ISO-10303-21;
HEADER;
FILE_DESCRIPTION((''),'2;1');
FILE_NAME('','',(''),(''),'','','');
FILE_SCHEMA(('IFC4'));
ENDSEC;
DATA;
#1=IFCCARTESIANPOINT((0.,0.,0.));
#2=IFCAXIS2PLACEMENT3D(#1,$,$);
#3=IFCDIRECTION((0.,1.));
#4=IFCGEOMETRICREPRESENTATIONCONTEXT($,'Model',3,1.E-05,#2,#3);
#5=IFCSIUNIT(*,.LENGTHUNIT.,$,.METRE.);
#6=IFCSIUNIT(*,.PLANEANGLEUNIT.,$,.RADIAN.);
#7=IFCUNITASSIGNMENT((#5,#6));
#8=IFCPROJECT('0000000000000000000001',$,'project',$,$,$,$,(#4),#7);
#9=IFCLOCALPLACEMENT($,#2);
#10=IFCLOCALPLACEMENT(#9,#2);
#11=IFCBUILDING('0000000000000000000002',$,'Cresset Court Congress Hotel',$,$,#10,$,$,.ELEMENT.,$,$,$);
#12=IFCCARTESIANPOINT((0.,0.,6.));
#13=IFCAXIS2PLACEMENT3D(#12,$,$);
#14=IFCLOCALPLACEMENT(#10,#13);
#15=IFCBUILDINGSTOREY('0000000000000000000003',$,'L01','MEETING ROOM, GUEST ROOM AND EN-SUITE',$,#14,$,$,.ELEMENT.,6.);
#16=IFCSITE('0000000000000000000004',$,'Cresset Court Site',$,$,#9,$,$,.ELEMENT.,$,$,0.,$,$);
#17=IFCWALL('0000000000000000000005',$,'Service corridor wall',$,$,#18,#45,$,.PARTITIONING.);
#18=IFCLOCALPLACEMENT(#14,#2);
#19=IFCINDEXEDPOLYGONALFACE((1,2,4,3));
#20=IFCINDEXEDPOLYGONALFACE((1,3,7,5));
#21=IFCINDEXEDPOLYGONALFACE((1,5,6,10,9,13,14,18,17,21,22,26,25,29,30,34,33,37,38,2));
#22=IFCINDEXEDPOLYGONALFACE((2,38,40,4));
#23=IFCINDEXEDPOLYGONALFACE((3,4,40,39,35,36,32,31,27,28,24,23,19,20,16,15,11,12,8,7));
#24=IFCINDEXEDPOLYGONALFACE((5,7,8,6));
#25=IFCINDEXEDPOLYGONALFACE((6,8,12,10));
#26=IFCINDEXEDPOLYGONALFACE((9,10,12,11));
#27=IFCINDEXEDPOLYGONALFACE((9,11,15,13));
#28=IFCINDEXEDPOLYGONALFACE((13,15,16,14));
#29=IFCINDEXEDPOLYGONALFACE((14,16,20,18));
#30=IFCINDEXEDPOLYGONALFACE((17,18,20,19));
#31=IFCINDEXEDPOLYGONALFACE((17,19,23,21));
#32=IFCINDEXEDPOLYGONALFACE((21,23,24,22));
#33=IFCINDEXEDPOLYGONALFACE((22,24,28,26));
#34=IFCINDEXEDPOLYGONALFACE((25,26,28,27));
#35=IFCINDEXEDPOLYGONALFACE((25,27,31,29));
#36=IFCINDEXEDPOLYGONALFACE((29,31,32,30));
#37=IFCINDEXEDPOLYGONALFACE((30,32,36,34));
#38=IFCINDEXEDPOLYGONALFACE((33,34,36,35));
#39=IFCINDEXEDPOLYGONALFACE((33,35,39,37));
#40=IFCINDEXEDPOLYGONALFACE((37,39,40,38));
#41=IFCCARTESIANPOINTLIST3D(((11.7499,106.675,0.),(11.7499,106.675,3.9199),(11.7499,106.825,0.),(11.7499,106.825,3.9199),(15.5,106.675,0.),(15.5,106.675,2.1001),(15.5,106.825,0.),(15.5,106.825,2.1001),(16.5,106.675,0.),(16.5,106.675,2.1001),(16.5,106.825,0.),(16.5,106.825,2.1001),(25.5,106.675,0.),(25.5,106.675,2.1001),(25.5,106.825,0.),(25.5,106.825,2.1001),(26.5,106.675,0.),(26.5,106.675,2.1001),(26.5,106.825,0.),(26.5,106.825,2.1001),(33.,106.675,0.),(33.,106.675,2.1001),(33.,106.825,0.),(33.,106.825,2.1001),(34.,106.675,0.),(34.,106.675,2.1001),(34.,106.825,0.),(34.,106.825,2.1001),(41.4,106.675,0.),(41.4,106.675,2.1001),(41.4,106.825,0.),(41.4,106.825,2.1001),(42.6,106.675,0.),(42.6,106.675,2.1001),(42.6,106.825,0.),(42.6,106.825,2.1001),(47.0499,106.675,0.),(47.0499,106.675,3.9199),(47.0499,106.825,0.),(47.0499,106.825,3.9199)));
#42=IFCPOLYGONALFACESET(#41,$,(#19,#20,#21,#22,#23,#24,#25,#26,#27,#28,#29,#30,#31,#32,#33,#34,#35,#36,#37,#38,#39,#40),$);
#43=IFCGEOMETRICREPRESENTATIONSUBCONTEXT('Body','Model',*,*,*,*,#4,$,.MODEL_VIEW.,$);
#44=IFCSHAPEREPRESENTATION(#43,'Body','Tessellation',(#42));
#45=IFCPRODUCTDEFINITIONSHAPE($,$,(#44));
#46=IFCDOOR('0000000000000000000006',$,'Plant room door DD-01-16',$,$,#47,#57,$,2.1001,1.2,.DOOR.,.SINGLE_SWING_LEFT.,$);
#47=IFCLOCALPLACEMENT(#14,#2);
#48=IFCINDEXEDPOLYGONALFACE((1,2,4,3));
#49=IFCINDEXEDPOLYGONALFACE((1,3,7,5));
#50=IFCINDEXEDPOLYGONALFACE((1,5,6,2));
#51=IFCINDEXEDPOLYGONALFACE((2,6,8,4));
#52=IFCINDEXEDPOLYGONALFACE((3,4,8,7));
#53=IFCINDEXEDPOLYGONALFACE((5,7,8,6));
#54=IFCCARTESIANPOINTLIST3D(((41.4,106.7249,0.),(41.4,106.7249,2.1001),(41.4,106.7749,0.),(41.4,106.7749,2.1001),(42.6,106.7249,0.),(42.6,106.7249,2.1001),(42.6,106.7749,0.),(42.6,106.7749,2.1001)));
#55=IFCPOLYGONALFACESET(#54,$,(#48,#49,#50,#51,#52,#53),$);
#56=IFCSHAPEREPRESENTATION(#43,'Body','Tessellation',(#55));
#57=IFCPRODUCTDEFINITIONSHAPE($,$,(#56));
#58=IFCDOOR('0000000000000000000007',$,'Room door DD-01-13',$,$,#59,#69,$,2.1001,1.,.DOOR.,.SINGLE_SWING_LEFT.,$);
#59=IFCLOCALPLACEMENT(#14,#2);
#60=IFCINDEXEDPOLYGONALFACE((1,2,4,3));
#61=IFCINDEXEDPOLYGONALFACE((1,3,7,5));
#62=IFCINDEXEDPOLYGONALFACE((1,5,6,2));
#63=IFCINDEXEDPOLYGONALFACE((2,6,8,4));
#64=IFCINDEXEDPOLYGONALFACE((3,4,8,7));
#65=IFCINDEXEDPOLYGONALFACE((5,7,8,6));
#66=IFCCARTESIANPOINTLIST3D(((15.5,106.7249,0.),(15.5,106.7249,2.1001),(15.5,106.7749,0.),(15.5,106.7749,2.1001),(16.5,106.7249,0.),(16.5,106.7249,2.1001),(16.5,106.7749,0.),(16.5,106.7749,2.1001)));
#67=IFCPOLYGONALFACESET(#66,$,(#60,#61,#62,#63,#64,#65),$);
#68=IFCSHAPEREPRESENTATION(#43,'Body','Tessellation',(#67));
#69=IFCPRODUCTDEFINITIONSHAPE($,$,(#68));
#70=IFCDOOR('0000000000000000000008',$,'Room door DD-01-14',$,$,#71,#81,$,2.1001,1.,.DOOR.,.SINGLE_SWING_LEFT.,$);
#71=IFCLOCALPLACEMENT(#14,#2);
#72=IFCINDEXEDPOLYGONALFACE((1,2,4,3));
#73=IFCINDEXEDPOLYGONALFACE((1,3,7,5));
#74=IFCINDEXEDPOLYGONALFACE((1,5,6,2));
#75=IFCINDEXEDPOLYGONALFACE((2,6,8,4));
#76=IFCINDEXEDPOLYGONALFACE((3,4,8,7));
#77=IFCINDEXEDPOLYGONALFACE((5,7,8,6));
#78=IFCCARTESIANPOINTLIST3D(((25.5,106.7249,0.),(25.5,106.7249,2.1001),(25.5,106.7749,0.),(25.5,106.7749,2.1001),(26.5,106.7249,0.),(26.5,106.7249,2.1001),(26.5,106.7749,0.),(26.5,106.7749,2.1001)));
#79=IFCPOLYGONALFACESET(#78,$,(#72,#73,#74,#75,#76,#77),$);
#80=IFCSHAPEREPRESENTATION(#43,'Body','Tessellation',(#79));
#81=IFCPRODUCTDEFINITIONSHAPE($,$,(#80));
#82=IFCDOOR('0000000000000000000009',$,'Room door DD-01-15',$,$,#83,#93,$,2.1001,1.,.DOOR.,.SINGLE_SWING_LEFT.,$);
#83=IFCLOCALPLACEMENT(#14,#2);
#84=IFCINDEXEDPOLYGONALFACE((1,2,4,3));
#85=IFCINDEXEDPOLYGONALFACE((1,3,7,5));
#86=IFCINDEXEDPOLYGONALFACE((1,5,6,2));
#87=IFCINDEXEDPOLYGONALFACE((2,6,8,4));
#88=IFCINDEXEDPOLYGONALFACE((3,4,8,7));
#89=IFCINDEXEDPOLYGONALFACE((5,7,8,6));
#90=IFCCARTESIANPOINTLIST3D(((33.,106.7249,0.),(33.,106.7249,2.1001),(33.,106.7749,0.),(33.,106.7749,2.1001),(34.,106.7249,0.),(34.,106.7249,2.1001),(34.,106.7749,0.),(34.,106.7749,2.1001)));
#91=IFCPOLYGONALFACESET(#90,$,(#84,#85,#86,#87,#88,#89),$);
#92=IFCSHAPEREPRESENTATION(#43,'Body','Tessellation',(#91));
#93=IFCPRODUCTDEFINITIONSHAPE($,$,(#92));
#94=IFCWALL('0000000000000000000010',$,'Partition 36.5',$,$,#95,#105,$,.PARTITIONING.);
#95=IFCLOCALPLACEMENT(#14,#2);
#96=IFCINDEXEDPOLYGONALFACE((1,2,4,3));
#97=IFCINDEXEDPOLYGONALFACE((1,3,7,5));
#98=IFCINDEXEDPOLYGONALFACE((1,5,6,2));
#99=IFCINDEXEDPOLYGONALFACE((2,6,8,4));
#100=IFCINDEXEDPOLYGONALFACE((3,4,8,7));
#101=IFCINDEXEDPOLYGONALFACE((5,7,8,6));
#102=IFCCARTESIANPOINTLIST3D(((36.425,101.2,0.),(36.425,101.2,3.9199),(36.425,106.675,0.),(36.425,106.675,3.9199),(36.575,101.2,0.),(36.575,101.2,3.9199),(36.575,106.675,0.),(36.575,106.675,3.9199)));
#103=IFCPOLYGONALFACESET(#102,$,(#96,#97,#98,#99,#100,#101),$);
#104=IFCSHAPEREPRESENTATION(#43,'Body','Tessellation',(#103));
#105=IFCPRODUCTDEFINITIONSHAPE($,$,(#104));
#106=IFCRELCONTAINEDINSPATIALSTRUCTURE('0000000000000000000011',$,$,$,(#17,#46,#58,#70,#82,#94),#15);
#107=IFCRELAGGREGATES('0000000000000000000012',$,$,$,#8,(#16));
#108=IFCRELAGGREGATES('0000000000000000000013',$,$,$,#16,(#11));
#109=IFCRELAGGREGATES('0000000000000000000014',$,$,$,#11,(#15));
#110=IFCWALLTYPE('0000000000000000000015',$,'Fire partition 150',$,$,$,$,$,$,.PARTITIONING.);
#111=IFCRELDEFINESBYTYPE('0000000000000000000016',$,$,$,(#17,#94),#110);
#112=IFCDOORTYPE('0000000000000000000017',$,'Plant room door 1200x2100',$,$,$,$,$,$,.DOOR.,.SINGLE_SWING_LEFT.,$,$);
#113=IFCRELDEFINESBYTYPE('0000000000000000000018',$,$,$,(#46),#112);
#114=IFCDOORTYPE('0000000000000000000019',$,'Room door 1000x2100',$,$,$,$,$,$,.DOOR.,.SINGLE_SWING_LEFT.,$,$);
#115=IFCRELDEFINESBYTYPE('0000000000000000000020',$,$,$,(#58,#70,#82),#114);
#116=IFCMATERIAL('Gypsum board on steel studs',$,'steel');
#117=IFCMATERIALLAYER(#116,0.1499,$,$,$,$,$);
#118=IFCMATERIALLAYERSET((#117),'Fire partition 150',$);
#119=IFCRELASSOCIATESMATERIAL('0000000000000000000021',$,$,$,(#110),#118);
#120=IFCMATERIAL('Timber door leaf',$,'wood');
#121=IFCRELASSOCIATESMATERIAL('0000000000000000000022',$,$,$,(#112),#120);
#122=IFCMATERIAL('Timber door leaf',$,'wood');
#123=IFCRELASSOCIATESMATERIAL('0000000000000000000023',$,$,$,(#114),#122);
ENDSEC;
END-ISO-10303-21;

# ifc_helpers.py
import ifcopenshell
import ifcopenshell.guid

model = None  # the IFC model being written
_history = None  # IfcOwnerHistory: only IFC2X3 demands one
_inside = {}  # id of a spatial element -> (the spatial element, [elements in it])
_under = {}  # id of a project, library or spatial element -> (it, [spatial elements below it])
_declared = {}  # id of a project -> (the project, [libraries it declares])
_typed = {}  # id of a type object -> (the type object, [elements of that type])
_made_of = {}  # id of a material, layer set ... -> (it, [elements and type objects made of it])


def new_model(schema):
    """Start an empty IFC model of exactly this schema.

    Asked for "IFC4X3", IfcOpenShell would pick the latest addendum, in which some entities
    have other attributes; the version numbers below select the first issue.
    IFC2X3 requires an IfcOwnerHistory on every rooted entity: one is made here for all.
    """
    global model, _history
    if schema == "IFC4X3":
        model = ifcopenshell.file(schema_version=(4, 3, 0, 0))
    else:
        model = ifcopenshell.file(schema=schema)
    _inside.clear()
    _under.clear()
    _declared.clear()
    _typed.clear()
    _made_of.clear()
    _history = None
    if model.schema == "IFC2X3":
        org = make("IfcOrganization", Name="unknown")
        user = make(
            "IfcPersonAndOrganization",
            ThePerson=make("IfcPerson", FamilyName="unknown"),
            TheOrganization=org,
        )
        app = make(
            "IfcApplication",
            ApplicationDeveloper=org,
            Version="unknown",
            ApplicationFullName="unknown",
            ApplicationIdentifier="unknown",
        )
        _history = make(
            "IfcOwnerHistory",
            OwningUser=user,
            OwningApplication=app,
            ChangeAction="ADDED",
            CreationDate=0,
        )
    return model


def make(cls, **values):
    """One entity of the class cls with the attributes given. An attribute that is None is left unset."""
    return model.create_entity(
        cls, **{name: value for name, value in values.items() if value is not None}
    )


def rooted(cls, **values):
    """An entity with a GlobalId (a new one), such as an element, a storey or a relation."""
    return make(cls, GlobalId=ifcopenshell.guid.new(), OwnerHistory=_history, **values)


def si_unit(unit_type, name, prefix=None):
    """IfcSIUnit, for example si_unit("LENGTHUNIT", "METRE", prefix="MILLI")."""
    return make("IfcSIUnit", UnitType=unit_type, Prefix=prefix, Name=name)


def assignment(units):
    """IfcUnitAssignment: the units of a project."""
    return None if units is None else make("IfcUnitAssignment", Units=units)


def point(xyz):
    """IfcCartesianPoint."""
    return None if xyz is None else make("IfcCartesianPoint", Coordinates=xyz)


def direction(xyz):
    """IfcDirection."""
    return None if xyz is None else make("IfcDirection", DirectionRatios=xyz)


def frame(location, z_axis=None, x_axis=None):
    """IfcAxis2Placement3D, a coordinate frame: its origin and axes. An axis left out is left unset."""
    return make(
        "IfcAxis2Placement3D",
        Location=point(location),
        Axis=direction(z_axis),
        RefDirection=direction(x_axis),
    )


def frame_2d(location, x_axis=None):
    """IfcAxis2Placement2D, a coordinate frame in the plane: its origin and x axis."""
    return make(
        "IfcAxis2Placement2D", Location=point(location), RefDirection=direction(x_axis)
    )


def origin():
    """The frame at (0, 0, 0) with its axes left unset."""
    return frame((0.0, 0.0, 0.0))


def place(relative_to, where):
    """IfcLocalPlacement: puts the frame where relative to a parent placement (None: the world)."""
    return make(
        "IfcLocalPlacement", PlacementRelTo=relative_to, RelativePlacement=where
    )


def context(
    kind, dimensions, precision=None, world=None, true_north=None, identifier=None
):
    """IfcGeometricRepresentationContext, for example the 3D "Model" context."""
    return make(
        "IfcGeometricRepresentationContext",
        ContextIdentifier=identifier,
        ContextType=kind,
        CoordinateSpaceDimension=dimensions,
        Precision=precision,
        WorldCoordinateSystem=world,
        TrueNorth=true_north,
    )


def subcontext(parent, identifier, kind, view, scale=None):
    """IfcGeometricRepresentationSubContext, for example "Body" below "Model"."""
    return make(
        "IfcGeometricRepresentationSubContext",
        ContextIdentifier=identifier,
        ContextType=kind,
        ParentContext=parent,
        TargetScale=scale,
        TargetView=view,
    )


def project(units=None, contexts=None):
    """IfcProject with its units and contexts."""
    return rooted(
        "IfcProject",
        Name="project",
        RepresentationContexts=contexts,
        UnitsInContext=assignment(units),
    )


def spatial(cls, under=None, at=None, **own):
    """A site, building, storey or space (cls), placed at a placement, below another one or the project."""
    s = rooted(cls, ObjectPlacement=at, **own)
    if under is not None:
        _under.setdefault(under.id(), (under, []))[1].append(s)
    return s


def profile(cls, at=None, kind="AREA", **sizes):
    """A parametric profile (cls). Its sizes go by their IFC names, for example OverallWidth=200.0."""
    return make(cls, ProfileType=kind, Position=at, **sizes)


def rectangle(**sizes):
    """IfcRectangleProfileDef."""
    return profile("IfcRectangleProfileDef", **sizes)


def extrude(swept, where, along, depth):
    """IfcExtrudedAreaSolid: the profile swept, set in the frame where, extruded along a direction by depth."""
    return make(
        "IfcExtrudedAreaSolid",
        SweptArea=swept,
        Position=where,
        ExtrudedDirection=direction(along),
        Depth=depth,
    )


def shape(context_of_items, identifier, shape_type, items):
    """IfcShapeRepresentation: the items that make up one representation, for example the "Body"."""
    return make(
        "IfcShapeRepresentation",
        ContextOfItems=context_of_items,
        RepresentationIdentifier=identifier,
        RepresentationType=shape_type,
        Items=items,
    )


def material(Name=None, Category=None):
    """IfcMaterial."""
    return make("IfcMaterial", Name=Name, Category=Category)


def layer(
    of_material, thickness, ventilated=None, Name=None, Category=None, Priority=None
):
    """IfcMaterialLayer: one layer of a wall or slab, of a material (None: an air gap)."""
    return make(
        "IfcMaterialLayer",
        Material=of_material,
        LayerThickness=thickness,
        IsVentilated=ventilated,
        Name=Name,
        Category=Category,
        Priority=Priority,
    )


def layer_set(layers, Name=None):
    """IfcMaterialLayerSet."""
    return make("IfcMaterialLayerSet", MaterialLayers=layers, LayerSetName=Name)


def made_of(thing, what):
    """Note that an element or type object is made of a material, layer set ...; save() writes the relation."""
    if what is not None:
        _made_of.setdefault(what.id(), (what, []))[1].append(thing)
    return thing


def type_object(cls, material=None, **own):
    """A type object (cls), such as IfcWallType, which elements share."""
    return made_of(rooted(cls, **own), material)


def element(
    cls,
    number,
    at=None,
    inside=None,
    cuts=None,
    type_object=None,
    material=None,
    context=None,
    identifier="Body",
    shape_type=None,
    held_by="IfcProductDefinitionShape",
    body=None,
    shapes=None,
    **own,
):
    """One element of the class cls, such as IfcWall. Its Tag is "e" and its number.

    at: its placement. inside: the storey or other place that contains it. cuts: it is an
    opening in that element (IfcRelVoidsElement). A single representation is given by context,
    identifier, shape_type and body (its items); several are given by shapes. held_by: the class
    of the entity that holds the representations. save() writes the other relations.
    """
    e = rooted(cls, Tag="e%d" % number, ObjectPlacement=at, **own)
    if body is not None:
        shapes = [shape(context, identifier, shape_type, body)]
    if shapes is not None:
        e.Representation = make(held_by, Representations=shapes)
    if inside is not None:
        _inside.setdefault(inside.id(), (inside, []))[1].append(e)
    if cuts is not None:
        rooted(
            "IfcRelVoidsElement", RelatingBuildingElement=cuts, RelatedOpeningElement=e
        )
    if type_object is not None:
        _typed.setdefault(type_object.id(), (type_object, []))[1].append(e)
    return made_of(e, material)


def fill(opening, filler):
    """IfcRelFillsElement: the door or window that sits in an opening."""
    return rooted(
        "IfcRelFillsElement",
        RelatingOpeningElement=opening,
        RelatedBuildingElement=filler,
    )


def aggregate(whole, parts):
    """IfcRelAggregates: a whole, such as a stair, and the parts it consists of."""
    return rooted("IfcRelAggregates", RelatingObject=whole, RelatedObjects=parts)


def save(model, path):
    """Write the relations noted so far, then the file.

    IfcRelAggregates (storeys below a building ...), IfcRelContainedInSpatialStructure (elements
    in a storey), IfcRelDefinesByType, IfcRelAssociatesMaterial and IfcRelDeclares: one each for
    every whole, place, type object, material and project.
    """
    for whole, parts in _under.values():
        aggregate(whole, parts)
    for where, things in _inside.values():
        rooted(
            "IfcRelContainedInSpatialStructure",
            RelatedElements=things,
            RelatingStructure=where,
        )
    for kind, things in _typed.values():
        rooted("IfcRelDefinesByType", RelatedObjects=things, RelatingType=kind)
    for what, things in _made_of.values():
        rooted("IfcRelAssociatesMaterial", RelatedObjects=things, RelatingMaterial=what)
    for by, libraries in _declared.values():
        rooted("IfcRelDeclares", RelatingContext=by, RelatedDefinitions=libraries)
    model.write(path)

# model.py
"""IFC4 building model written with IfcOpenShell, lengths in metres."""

from ifc_helpers import new_model, si_unit, direction, frame, frame_2d, origin, place, context, subcontext, project, spatial, rectangle, extrude, material, layer, layer_set, type_object, element, fill, save


model = new_model("IFC4")

# Units and contexts
model_context = context("Model", 3, precision=1e-05, world=origin(), true_north=direction((0.0, 1.0)))
body_context = subcontext(model_context, "Body", "Model", "MODEL_VIEW")
ifc_project = project(units=[si_unit("LENGTHUNIT", "METRE"), si_unit("PLANEANGLEUNIT", "RADIAN")], contexts=[model_context])

# Site, building, storey
site_placement = place(None, origin())
site = spatial("IfcSite", under=ifc_project, at=site_placement, Name="Cresset Court Site", CompositionType="ELEMENT", RefElevation=0.0)
building_placement = place(site_placement, origin())
building = spatial("IfcBuilding", under=site, at=building_placement, Name="Cresset Court Congress Hotel", CompositionType="ELEMENT")
storey_placement = place(building_placement, frame((0.0, 0.0, 6.0)))
storey = spatial("IfcBuildingStorey", under=building, at=storey_placement, Name="L01", Description="MEETING ROOM, GUEST ROOM AND EN-SUITE", CompositionType="ELEMENT", Elevation=6.0)

# Wall, openings, doors
ifc_material_1 = material(Name="Gypsum board on steel studs", Category="steel")
ifc_layer_1 = layer(ifc_material_1, 0.1499)
ifc_layer_set_1 = layer_set([ifc_layer_1], Name="Fire partition 150")
wall_type_1 = type_object("IfcWallType", Name="Fire partition 150", PredefinedType="PARTITIONING", material=ifc_layer_set_1)
wall_1_placement = place(storey_placement, frame((11.75, 106.75, 0.0), z_axis=(0.0, 0.0, 1.0), x_axis=(1.0, 0.0, 0.0)))
wall_1 = element("IfcWall", 1, at=wall_1_placement, inside=storey, type_object=wall_type_1, Name="Service corridor wall", PredefinedType="PARTITIONING", context=body_context, shape_type="SweptSolid", body=[
    extrude(rectangle(XDim=35.3, YDim=0.1499, at=frame_2d((17.6499, 0.0))), origin(), (0.0, 0.0, 1.0), 3.9199),
])
opening_1_placement = place(wall_1_placement, frame((3.75, 0.0, 0.0)))
opening_1 = element("IfcOpeningElement", 2, at=opening_1_placement, cuts=wall_1, PredefinedType="OPENING", context=body_context, shape_type="SweptSolid", body=[
    extrude(rectangle(XDim=1.0, YDim=2.1001, at=frame_2d((0.5, 1.05))), frame((0.0, 0.085, 0.0), z_axis=(0.0, -1.0, 0.0), x_axis=(1.0, 0.0, 0.0)), (0.0, 0.0, 1.0), 0.1699),
])
opening_2_placement = place(wall_1_placement, frame((13.75, 0.0, 0.0)))
opening_2 = element("IfcOpeningElement", 3, at=opening_2_placement, cuts=wall_1, PredefinedType="OPENING", context=body_context, shape_type="SweptSolid", body=[
    extrude(rectangle(XDim=1.0, YDim=2.1001, at=frame_2d((0.5, 1.05))), frame((0.0, 0.085, 0.0), z_axis=(0.0, -1.0, 0.0), x_axis=(1.0, 0.0, 0.0)), (0.0, 0.0, 1.0), 0.1699),
])
opening_3_placement = place(wall_1_placement, frame((21.25, 0.0, 0.0)))
opening_3 = element("IfcOpeningElement", 4, at=opening_3_placement, cuts=wall_1, PredefinedType="OPENING", context=body_context, shape_type="SweptSolid", body=[
    extrude(rectangle(XDim=1.0, YDim=2.1001, at=frame_2d((0.5, 1.05))), frame((0.0, 0.085, 0.0), z_axis=(0.0, -1.0, 0.0), x_axis=(1.0, 0.0, 0.0)), (0.0, 0.0, 1.0), 0.1699),
])
opening_4_placement = place(wall_1_placement, frame((29.6499, 0.0, 0.0)))
opening_4 = element("IfcOpeningElement", 5, at=opening_4_placement, cuts=wall_1, PredefinedType="OPENING", context=body_context, shape_type="SweptSolid", body=[
    extrude(rectangle(XDim=1.2, YDim=2.1001, at=frame_2d((0.6001, 1.05))), frame((0.0, 0.085, 0.0), z_axis=(0.0, -1.0, 0.0), x_axis=(1.0, 0.0, 0.0)), (0.0, 0.0, 1.0), 0.1699),
])
ifc_material_2 = material(Name="Timber door leaf", Category="wood")
door_type_1 = type_object("IfcDoorType", Name="Plant room door 1200x2100", OperationType="SINGLE_SWING_LEFT", PredefinedType="DOOR", material=ifc_material_2)
door_1_placement = place(opening_4_placement, origin())
door_1 = element("IfcDoor", 6, at=door_1_placement, inside=storey, type_object=door_type_1, Name="Plant room door DD-01-16", OperationType="SINGLE_SWING_LEFT", OverallHeight=2.1001, OverallWidth=1.2, PredefinedType="DOOR", context=body_context, shape_type="SweptSolid", body=[
    extrude(rectangle(XDim=1.2, YDim=2.1001, at=frame_2d((0.6001, 1.05))), frame((0.0, 0.0249, 0.0), z_axis=(0.0, -1.0, 0.0), x_axis=(1.0, 0.0, 0.0)), (0.0, 0.0, 1.0), 0.05),
])
fill(opening_4, door_1)
ifc_material_3 = material(Name="Timber door leaf", Category="wood")
door_type_2 = type_object("IfcDoorType", Name="Room door 1000x2100", OperationType="SINGLE_SWING_LEFT", PredefinedType="DOOR", material=ifc_material_3)
door_2_placement = place(opening_1_placement, origin())
door_2 = element("IfcDoor", 7, at=door_2_placement, inside=storey, type_object=door_type_2, Name="Room door DD-01-13", OperationType="SINGLE_SWING_LEFT", OverallHeight=2.1001, OverallWidth=1.0, PredefinedType="DOOR", context=body_context, shape_type="SweptSolid", body=[
    extrude(rectangle(XDim=1.0, YDim=2.1001, at=frame_2d((0.5, 1.05))), frame((0.0, 0.0249, 0.0), z_axis=(0.0, -1.0, 0.0), x_axis=(1.0, 0.0, 0.0)), (0.0, 0.0, 1.0), 0.05),
])
fill(opening_1, door_2)
door_3_placement = place(opening_2_placement, origin())
door_3 = element("IfcDoor", 8, at=door_3_placement, inside=storey, type_object=door_type_2, Name="Room door DD-01-14", OperationType="SINGLE_SWING_LEFT", OverallHeight=2.1001, OverallWidth=1.0, PredefinedType="DOOR", context=body_context, shape_type="SweptSolid", body=[
    extrude(rectangle(XDim=1.0, YDim=2.1001, at=frame_2d((0.5, 1.05))), frame((0.0, 0.0249, 0.0), z_axis=(0.0, -1.0, 0.0), x_axis=(1.0, 0.0, 0.0)), (0.0, 0.0, 1.0), 0.05),
])
fill(opening_2, door_3)
door_4_placement = place(opening_3_placement, origin())
door_4 = element("IfcDoor", 9, at=door_4_placement, inside=storey, type_object=door_type_2, Name="Room door DD-01-15", OperationType="SINGLE_SWING_LEFT", OverallHeight=2.1001, OverallWidth=1.0, PredefinedType="DOOR", context=body_context, shape_type="SweptSolid", body=[
    extrude(rectangle(XDim=1.0, YDim=2.1001, at=frame_2d((0.5, 1.05))), frame((0.0, 0.0249, 0.0), z_axis=(0.0, -1.0, 0.0), x_axis=(1.0, 0.0, 0.0)), (0.0, 0.0, 1.0), 0.05),
])
fill(opening_3, door_4)

# Wall
wall_2_placement = place(storey_placement, frame((36.5, 101.2, 0.0), z_axis=(0.0, 0.0, 1.0), x_axis=(0.0, 1.0, 0.0)))
element("IfcWall", 10, at=wall_2_placement, inside=storey, type_object=wall_type_1, Name="Partition 36.5", PredefinedType="PARTITIONING", context=body_context, shape_type="SweptSolid", body=[
    extrude(rectangle(XDim=5.4751, YDim=0.1499, at=frame_2d((2.7375, 0.0))), origin(), (0.0, 0.0, 1.0), 3.9199),
])

save(model, "model.ifc")
